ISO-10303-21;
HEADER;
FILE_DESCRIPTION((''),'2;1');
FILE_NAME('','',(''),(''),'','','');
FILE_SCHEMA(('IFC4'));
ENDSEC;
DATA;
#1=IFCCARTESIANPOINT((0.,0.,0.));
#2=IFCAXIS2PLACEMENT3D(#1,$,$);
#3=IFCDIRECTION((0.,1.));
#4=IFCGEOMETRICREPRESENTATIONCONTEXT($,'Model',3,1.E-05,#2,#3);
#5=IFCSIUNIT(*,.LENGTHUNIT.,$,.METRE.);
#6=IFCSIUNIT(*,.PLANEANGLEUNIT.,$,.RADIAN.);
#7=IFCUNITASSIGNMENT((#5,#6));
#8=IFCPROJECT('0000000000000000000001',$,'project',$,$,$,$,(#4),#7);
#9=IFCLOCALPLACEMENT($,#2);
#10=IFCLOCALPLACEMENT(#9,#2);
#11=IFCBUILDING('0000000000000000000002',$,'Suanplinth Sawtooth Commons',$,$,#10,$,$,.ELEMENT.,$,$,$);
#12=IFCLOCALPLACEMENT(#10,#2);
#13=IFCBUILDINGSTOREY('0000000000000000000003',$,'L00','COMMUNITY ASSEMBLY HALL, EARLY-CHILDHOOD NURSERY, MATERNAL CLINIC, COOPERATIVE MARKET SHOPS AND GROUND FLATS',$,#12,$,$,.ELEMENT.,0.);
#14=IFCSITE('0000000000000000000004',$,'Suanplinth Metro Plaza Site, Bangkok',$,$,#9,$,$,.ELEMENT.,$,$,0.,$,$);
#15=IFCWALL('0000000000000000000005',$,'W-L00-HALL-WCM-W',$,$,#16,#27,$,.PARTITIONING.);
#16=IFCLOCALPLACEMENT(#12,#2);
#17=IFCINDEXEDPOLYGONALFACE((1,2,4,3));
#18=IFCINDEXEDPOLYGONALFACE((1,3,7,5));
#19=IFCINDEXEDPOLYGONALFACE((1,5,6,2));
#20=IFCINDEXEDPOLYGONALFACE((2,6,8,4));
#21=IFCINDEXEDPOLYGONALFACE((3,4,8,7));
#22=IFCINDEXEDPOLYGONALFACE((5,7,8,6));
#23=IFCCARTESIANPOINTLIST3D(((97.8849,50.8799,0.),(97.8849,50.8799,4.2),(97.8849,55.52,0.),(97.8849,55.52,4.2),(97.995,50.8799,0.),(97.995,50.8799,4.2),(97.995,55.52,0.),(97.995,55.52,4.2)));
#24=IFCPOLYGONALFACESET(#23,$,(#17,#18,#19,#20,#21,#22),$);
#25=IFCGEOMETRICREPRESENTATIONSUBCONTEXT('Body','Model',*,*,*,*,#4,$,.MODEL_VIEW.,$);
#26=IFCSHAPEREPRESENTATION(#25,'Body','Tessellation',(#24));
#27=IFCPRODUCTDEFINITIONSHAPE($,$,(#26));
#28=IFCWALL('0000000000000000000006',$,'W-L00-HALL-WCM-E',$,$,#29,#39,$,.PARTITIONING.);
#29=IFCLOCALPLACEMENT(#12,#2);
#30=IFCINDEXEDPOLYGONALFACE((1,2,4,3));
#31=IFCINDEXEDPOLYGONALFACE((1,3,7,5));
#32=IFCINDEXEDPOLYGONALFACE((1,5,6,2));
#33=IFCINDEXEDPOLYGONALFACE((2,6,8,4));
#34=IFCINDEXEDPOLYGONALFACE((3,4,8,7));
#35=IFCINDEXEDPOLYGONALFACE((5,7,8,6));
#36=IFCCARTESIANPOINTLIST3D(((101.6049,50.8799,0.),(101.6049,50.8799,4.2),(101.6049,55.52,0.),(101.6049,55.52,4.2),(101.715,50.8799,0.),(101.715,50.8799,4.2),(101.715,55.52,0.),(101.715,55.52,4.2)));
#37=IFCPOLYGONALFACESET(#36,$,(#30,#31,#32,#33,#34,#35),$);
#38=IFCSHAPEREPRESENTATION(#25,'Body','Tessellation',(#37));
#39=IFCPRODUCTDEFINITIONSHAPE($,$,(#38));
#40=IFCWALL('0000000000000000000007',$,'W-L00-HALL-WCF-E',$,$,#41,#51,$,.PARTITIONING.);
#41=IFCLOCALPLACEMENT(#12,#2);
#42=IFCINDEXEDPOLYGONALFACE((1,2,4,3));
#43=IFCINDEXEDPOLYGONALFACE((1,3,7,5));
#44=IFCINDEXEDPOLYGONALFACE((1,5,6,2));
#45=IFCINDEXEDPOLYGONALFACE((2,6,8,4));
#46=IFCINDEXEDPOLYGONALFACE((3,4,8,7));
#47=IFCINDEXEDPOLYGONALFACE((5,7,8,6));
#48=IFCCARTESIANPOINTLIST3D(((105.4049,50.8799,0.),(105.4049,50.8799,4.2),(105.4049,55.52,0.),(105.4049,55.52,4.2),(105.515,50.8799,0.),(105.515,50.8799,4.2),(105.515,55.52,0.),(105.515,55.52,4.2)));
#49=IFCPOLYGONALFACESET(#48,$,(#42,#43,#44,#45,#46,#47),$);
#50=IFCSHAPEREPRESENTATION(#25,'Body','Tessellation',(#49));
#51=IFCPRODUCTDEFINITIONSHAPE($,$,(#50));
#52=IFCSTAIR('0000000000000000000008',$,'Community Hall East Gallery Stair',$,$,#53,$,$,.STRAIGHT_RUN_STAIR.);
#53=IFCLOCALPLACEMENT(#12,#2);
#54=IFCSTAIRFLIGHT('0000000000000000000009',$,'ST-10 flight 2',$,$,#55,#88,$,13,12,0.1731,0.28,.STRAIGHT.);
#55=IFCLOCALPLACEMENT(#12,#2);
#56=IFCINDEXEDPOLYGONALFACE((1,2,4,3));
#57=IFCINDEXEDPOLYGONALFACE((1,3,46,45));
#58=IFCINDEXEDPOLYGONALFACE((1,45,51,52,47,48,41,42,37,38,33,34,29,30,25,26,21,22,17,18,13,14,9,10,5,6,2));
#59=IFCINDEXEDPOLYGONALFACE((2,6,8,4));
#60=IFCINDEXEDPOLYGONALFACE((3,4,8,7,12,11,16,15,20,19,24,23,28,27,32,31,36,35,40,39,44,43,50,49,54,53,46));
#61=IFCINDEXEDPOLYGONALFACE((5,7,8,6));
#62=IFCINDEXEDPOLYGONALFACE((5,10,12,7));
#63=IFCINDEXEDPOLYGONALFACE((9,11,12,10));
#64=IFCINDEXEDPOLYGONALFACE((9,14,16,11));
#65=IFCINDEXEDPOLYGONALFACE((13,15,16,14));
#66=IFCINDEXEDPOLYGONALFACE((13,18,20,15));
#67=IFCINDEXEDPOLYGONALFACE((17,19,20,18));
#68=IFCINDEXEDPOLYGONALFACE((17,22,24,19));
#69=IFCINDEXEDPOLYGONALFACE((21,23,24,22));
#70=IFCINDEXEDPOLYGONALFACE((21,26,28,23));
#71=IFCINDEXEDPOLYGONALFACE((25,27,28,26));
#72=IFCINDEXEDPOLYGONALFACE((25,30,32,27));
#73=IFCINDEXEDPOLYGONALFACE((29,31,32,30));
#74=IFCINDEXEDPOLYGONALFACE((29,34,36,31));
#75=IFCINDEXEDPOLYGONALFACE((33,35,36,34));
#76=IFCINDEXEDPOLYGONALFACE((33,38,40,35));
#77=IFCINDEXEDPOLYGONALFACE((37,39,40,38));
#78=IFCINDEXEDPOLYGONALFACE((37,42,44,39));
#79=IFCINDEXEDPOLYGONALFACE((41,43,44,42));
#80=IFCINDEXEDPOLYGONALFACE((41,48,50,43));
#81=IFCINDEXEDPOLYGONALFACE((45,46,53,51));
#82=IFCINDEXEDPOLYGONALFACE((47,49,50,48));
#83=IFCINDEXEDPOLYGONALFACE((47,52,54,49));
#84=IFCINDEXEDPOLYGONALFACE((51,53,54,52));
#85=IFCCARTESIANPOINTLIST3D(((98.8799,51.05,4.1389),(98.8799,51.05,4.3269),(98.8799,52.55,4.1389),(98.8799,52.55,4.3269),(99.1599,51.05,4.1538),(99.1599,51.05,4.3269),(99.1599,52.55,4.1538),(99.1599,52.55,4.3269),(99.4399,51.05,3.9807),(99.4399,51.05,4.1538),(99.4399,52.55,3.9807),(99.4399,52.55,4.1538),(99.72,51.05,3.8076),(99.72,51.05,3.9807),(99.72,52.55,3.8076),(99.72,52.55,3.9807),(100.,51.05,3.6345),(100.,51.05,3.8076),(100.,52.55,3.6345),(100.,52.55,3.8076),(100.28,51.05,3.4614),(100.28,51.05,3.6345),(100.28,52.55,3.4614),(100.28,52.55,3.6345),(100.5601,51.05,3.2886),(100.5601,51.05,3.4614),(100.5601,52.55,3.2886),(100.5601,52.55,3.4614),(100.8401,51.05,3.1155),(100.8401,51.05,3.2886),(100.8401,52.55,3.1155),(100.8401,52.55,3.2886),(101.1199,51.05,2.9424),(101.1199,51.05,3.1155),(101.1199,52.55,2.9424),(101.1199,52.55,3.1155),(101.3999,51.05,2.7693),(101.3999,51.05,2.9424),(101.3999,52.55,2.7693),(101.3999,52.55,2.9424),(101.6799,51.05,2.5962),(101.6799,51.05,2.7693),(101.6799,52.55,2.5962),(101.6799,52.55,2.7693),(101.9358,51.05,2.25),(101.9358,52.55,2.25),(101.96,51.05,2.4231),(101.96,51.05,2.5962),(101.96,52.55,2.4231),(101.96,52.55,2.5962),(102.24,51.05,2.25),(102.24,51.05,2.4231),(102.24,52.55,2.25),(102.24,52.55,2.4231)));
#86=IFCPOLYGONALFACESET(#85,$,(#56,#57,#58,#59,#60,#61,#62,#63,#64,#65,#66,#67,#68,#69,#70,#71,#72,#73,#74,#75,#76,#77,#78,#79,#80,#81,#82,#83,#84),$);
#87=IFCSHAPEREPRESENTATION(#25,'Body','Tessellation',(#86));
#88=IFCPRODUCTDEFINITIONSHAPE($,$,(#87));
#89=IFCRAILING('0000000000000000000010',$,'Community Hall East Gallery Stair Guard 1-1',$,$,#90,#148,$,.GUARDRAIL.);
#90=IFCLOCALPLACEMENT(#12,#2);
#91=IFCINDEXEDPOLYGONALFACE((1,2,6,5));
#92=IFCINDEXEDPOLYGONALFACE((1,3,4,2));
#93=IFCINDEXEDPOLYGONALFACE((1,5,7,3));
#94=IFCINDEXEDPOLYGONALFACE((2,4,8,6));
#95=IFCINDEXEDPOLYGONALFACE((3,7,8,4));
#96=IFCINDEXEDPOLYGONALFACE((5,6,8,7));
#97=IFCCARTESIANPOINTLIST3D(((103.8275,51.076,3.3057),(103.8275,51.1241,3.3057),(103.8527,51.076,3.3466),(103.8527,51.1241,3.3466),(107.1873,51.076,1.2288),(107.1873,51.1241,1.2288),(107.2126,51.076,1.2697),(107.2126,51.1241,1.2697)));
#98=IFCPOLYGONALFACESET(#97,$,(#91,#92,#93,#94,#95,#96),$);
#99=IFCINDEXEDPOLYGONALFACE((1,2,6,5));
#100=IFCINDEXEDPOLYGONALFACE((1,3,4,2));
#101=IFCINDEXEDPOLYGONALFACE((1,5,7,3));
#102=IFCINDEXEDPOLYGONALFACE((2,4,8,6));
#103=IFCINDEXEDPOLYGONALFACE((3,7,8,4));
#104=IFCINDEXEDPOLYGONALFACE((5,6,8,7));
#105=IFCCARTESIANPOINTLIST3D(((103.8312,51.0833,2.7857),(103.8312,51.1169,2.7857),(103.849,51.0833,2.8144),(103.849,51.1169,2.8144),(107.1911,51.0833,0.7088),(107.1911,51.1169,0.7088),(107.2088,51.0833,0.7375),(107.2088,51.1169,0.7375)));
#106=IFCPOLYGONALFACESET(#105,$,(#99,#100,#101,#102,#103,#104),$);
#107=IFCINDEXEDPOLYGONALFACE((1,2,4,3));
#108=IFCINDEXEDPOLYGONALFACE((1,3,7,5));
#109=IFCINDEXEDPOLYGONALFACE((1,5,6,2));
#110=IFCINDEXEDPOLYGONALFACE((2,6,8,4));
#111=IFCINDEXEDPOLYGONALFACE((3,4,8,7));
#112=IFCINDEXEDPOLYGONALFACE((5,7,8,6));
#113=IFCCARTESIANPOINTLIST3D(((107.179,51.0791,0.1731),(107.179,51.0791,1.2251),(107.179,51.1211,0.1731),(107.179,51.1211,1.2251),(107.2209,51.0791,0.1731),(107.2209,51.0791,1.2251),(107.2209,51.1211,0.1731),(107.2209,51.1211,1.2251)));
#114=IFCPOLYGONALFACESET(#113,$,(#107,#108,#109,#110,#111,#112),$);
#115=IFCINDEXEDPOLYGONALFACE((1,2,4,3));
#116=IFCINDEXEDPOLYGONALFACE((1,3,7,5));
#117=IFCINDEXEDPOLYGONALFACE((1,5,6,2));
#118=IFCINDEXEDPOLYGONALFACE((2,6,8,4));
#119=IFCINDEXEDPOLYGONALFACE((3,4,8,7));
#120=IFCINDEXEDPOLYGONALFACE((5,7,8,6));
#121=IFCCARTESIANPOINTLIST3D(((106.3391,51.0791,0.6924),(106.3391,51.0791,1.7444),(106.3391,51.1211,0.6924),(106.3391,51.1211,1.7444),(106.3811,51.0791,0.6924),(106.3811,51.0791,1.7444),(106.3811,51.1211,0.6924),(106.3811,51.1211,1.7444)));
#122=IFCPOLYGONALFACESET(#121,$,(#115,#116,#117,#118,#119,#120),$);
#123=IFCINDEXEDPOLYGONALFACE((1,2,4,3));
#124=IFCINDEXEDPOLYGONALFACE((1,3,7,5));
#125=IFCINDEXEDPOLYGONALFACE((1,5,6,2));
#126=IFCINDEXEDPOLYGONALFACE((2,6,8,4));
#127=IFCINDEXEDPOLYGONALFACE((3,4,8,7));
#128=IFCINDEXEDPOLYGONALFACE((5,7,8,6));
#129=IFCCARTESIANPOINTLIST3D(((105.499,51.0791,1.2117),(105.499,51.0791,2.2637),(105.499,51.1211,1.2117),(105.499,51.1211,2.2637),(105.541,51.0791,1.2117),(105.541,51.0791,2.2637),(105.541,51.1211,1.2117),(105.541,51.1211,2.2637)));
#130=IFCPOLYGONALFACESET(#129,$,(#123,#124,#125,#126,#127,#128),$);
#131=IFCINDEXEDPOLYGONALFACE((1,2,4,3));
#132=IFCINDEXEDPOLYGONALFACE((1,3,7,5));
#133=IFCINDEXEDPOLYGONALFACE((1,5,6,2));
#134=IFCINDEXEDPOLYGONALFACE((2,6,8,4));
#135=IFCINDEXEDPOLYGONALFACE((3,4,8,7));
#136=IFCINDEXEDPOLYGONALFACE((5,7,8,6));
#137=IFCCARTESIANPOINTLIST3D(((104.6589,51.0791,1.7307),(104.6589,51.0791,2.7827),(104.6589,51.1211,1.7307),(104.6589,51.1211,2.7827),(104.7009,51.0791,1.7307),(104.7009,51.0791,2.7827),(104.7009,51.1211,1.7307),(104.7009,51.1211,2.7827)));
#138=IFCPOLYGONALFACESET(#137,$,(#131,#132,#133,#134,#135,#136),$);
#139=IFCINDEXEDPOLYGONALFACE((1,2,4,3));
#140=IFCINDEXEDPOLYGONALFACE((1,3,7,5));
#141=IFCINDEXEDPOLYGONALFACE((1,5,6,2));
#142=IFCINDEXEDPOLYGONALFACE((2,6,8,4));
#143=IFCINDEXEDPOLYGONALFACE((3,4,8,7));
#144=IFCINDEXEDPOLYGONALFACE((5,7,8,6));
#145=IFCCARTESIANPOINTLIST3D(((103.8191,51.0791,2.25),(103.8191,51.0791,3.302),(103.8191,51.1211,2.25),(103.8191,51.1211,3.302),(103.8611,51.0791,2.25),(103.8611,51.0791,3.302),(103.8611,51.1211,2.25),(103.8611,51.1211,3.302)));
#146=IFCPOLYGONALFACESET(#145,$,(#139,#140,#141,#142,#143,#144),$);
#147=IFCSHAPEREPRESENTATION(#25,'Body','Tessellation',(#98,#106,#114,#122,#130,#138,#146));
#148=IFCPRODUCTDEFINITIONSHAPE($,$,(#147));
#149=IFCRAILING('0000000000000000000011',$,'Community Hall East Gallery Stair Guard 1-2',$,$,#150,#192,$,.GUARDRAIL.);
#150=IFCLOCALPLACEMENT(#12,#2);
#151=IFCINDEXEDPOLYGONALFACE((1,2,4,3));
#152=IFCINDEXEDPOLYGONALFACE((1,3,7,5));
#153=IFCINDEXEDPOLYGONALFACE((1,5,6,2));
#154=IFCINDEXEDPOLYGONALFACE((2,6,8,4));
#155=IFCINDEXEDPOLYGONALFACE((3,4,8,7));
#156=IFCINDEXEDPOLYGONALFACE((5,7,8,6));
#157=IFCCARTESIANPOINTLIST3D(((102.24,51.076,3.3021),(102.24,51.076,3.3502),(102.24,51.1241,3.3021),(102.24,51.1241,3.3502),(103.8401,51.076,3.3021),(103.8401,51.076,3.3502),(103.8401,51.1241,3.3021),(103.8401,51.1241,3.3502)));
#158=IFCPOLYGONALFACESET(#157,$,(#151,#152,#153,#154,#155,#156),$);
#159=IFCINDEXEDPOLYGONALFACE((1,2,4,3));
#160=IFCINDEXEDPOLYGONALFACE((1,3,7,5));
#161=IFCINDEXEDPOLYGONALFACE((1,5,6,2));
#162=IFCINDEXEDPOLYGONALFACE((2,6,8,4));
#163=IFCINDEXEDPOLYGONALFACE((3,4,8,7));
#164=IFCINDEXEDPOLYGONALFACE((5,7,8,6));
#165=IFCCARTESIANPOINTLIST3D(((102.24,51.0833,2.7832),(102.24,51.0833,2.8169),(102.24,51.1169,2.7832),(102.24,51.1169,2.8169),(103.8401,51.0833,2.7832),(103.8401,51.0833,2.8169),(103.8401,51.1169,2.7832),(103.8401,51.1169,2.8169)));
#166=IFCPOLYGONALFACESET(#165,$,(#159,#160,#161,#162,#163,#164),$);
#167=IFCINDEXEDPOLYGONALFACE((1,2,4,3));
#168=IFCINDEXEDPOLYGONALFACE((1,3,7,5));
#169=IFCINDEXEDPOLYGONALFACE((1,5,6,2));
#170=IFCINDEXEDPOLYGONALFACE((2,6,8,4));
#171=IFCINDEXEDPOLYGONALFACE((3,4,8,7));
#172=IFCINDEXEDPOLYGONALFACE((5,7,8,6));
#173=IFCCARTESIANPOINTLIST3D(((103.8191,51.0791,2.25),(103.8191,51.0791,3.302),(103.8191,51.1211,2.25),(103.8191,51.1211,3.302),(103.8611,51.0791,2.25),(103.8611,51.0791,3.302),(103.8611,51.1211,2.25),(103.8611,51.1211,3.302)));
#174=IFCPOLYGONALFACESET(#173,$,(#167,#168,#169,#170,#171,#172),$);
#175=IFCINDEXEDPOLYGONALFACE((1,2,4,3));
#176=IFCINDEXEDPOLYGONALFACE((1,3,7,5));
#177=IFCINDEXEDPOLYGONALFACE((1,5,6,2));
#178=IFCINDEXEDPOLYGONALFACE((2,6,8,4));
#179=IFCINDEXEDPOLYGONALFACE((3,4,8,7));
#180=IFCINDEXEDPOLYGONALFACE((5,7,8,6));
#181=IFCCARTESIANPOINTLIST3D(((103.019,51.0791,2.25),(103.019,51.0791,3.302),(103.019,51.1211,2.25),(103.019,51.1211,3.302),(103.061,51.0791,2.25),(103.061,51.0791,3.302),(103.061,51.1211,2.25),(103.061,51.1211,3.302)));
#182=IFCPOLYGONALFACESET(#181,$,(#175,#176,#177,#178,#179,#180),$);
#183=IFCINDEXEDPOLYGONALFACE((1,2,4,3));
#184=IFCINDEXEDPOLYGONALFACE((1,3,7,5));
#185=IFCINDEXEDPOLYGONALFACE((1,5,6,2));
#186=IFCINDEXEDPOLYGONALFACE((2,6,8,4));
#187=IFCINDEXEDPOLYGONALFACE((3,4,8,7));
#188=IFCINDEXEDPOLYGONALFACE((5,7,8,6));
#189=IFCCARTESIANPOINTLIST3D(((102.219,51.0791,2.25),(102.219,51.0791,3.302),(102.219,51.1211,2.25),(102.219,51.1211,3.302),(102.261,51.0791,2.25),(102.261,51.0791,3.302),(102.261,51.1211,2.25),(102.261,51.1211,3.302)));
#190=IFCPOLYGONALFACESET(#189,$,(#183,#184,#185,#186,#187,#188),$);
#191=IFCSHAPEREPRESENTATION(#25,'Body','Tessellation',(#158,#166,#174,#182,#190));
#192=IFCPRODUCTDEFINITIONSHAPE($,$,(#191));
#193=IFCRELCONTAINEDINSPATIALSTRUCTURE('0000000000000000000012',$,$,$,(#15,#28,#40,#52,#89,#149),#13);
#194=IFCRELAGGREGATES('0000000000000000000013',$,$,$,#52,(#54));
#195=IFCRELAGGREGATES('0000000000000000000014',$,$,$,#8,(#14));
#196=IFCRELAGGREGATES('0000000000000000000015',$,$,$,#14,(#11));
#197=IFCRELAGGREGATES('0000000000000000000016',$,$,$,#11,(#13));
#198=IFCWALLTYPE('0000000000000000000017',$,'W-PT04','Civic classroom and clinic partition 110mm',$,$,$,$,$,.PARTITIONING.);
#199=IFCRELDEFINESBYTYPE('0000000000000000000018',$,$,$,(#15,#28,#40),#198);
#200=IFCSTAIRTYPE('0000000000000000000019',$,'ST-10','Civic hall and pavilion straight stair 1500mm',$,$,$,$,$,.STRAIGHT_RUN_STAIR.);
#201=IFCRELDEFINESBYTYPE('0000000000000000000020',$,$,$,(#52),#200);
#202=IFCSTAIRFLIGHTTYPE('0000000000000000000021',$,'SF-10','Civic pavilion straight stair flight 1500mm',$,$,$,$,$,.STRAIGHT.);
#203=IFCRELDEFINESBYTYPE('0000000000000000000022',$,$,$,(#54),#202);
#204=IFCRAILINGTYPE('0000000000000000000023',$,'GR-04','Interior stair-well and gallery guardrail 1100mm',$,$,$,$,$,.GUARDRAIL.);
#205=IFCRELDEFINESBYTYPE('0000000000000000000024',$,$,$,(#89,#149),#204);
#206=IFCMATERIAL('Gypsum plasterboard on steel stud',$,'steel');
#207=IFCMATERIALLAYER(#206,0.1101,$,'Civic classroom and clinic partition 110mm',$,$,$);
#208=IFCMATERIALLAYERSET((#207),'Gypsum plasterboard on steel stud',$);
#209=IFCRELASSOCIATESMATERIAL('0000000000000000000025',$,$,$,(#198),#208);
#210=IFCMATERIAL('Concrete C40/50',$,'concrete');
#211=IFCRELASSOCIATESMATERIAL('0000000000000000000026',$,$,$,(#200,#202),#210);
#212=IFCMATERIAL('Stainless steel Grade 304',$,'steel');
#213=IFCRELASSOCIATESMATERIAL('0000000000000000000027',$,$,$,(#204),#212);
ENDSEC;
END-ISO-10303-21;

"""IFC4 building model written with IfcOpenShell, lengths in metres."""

from ifc_helpers import new_model, si_unit, direction, frame, frame_2d, origin, origin_2d, place, context, subcontext, project, spatial, polyline, rectangle, outline, extrude, material, layer, layer_set, type_object, element, aggregate, save


model = new_model("IFC4")

# Units and contexts
model_context = context("Model", 3, precision=1e-05, world=origin(), true_north=direction((0.0, 1.0)))
body_context = subcontext(model_context, "Body", "Model", "MODEL_VIEW")
ifc_project = project(units=[si_unit("LENGTHUNIT", "METRE"), si_unit("PLANEANGLEUNIT", "RADIAN")], contexts=[model_context])

# Site, building, storey
site_placement = place(None, origin())
site = spatial("IfcSite", under=ifc_project, at=site_placement, Name="Suanplinth Metro Plaza Site, Bangkok", CompositionType="ELEMENT", RefElevation=0.0)
building_placement = place(site_placement, origin())
building = spatial("IfcBuilding", under=site, at=building_placement, Name="Suanplinth Sawtooth Commons", CompositionType="ELEMENT")
storey_placement = place(building_placement, origin())
storey = spatial("IfcBuildingStorey", under=building, at=storey_placement, Name="L00", Description="COMMUNITY ASSEMBLY HALL, EARLY-CHILDHOOD NURSERY, MATERNAL CLINIC, COOPERATIVE MARKET SHOPS AND GROUND FLATS", CompositionType="ELEMENT", Elevation=0.0)

# Walls
ifc_material_1 = material(Name="Gypsum plasterboard on steel stud", Category="steel")
ifc_layer_1 = layer(ifc_material_1, 0.1101, Name="Civic classroom and clinic partition 110mm")
ifc_layer_set_1 = layer_set([ifc_layer_1], Name="Gypsum plasterboard on steel stud")
wall_type = type_object("IfcWallType", Name="W-PT04", Description="Civic classroom and clinic partition 110mm", PredefinedType="PARTITIONING", material=ifc_layer_set_1)
for number, where, z_axis, x_axis, name in (
    (1, (97.9399, 50.8799, 0.0), (0.0, 0.0, 1.0), (0.0, 1.0, 0.0), "W-L00-HALL-WCM-W"),
    (2, (101.6599, 50.8799, 0.0), (0.0, 0.0, 1.0), (0.0, 1.0, 0.0), "W-L00-HALL-WCM-E"),
    (3, (105.46, 50.8799, 0.0), (0.0, 0.0, 1.0), (0.0, 1.0, 0.0), "W-L00-HALL-WCF-E"),
):
    element("IfcWall", number, at=place(storey_placement, frame(where, z_axis=z_axis, x_axis=x_axis)), inside=storey, type_object=wall_type, Name=name, PredefinedType="PARTITIONING", context=body_context, shape_type="SweptSolid", body=[
        extrude(rectangle(XDim=4.6401, YDim=0.1101, at=frame_2d((2.3201, 0.0))), origin(), (0.0, 0.0, 1.0), 4.2),
    ])

# Stair, stair flight
ifc_material_2 = material(Name="Concrete C40/50", Category="concrete")
stair_type = type_object("IfcStairType", Name="ST-10", Description="Civic hall and pavilion straight stair 1500mm", PredefinedType="STRAIGHT_RUN_STAIR", material=ifc_material_2)
stair_placement = place(storey_placement, origin())
stair = element("IfcStair", 4, at=stair_placement, inside=storey, type_object=stair_type, Name="Community Hall East Gallery Stair", PredefinedType="STRAIGHT_RUN_STAIR")
stair_flight_type = type_object("IfcStairFlightType", Name="SF-10", Description="Civic pavilion straight stair flight 1500mm", PredefinedType="STRAIGHT", material=ifc_material_2)
stair_flight_placement = place(storey_placement, frame((102.24, 51.8, 2.25), z_axis=(0.0, 0.0, 1.0), x_axis=(-1.0, 0.0, 0.0)))
stair_flight = element("IfcStairFlight", 5, at=stair_flight_placement, type_object=stair_flight_type, Name="ST-10 flight 2", NumberOfRisers=13, NumberOfTreads=12, PredefinedType="STRAIGHT", RiserHeight=0.1731, TreadLength=0.28, context=body_context, shape_type="SweptSolid", body=[
    extrude(outline(polyline([(0.0, 0.0), (0.0, 0.1731), (0.28, 0.1731), (0.28, 0.3462), (0.5601, 0.3462), (0.5601, 0.5193), (0.8401, 0.5193), (0.8401, 0.6924), (1.1201, 0.6924), (1.1201, 0.8655), (1.3999, 0.8655), (1.3999, 1.0386), (1.6799, 1.0386), (1.6799, 1.2114), (1.96, 1.2114), (1.96, 1.3845), (2.24, 1.3845), (2.24, 1.5576), (2.52, 1.5576), (2.52, 1.7307), (2.8, 1.7307), (2.8, 1.9038), (3.0801, 1.9038), (3.0801, 2.0769), (3.3601, 2.0769), (3.3601, 2.25), (3.3601, 1.8889), (0.3042, 0.0), (0.0, 0.0)])), frame((0.0, 0.75, 0.0), z_axis=(0.0, -1.0, 0.0), x_axis=(1.0, 0.0, 0.0)), (0.0, 0.0, 1.0), 1.5),
])
aggregate(stair, [stair_flight])

# Railings
ifc_material_3 = material(Name="Stainless steel Grade 304", Category="steel")
railing_type_1 = type_object("IfcRailingType", Name="GR-04", Description="Interior stair-well and gallery guardrail 1100mm", PredefinedType="GUARDRAIL", material=ifc_material_3)
railing_1_placement = place(storey_placement, frame((107.2, 51.1001, 0.1731)))
element("IfcRailing", 6, at=railing_1_placement, inside=storey, type_object=railing_type_1, Name="Community Hall East Gallery Stair Guard 1-1", PredefinedType="GUARDRAIL", context=body_context, shape_type="SweptSolid", body=[
    extrude(rectangle(XDim=0.0481, YDim=0.0481, at=origin_2d()), frame((0.0, 0.0, 1.0762), z_axis=(-0.850606, 0.0, 0.525803), x_axis=(0.0, -1.0, 0.0)), (0.0, 0.0, 1.0), 3.95),
    extrude(rectangle(XDim=0.0337, YDim=0.0337, at=origin_2d()), frame((0.0, 0.0, 0.55), z_axis=(-0.850606, 0.0, 0.525803), x_axis=(0.0, -1.0, 0.0)), (0.0, 0.0, 1.0), 3.95),
    extrude(rectangle(XDim=0.042, YDim=0.042, at=origin_2d()), origin(), (0.0, 0.0, 1.0), 1.052),
    extrude(rectangle(XDim=0.042, YDim=0.042, at=origin_2d()), frame((-0.8398, 0.0, 0.5193)), (0.0, 0.0, 1.0), 1.052),
    extrude(rectangle(XDim=0.042, YDim=0.042, at=origin_2d()), frame((-1.6799, 0.0, 1.0386)), (0.0, 0.0, 1.0), 1.052),
    extrude(rectangle(XDim=0.042, YDim=0.042, at=origin_2d()), frame((-2.52, 0.0, 1.5576)), (0.0, 0.0, 1.0), 1.052),
    extrude(rectangle(XDim=0.042, YDim=0.042, at=origin_2d()), frame((-3.3599, 0.0, 2.0769)), (0.0, 0.0, 1.0), 1.052),
])
railing_2_placement = place(storey_placement, frame((103.8401, 51.1001, 2.25)))
element("IfcRailing", 7, at=railing_2_placement, inside=storey, type_object=railing_type_1, Name="Community Hall East Gallery Stair Guard 1-2", PredefinedType="GUARDRAIL", context=body_context, shape_type="SweptSolid", body=[
    extrude(rectangle(XDim=0.0481, YDim=0.0481, at=origin_2d()), frame((0.0, 0.0, 1.0762), z_axis=(-1.0, 0.0, 0.0), x_axis=(0.0, -1.0, 0.0)), (0.0, 0.0, 1.0), 1.6001),
    extrude(rectangle(XDim=0.0337, YDim=0.0337, at=origin_2d()), frame((0.0, 0.0, 0.55), z_axis=(-1.0, 0.0, 0.0), x_axis=(0.0, -1.0, 0.0)), (0.0, 0.0, 1.0), 1.6001),
    extrude(rectangle(XDim=0.042, YDim=0.042, at=origin_2d()), origin(), (0.0, 0.0, 1.0), 1.052),
    extrude(rectangle(XDim=0.042, YDim=0.042, at=origin_2d()), frame((-0.8, 0.0, 0.0)), (0.0, 0.0, 1.0), 1.052),
    extrude(rectangle(XDim=0.042, YDim=0.042, at=origin_2d()), frame((-1.6001, 0.0, 0.0)), (0.0, 0.0, 1.0), 1.052),
])

save(model, "model.ifc")
